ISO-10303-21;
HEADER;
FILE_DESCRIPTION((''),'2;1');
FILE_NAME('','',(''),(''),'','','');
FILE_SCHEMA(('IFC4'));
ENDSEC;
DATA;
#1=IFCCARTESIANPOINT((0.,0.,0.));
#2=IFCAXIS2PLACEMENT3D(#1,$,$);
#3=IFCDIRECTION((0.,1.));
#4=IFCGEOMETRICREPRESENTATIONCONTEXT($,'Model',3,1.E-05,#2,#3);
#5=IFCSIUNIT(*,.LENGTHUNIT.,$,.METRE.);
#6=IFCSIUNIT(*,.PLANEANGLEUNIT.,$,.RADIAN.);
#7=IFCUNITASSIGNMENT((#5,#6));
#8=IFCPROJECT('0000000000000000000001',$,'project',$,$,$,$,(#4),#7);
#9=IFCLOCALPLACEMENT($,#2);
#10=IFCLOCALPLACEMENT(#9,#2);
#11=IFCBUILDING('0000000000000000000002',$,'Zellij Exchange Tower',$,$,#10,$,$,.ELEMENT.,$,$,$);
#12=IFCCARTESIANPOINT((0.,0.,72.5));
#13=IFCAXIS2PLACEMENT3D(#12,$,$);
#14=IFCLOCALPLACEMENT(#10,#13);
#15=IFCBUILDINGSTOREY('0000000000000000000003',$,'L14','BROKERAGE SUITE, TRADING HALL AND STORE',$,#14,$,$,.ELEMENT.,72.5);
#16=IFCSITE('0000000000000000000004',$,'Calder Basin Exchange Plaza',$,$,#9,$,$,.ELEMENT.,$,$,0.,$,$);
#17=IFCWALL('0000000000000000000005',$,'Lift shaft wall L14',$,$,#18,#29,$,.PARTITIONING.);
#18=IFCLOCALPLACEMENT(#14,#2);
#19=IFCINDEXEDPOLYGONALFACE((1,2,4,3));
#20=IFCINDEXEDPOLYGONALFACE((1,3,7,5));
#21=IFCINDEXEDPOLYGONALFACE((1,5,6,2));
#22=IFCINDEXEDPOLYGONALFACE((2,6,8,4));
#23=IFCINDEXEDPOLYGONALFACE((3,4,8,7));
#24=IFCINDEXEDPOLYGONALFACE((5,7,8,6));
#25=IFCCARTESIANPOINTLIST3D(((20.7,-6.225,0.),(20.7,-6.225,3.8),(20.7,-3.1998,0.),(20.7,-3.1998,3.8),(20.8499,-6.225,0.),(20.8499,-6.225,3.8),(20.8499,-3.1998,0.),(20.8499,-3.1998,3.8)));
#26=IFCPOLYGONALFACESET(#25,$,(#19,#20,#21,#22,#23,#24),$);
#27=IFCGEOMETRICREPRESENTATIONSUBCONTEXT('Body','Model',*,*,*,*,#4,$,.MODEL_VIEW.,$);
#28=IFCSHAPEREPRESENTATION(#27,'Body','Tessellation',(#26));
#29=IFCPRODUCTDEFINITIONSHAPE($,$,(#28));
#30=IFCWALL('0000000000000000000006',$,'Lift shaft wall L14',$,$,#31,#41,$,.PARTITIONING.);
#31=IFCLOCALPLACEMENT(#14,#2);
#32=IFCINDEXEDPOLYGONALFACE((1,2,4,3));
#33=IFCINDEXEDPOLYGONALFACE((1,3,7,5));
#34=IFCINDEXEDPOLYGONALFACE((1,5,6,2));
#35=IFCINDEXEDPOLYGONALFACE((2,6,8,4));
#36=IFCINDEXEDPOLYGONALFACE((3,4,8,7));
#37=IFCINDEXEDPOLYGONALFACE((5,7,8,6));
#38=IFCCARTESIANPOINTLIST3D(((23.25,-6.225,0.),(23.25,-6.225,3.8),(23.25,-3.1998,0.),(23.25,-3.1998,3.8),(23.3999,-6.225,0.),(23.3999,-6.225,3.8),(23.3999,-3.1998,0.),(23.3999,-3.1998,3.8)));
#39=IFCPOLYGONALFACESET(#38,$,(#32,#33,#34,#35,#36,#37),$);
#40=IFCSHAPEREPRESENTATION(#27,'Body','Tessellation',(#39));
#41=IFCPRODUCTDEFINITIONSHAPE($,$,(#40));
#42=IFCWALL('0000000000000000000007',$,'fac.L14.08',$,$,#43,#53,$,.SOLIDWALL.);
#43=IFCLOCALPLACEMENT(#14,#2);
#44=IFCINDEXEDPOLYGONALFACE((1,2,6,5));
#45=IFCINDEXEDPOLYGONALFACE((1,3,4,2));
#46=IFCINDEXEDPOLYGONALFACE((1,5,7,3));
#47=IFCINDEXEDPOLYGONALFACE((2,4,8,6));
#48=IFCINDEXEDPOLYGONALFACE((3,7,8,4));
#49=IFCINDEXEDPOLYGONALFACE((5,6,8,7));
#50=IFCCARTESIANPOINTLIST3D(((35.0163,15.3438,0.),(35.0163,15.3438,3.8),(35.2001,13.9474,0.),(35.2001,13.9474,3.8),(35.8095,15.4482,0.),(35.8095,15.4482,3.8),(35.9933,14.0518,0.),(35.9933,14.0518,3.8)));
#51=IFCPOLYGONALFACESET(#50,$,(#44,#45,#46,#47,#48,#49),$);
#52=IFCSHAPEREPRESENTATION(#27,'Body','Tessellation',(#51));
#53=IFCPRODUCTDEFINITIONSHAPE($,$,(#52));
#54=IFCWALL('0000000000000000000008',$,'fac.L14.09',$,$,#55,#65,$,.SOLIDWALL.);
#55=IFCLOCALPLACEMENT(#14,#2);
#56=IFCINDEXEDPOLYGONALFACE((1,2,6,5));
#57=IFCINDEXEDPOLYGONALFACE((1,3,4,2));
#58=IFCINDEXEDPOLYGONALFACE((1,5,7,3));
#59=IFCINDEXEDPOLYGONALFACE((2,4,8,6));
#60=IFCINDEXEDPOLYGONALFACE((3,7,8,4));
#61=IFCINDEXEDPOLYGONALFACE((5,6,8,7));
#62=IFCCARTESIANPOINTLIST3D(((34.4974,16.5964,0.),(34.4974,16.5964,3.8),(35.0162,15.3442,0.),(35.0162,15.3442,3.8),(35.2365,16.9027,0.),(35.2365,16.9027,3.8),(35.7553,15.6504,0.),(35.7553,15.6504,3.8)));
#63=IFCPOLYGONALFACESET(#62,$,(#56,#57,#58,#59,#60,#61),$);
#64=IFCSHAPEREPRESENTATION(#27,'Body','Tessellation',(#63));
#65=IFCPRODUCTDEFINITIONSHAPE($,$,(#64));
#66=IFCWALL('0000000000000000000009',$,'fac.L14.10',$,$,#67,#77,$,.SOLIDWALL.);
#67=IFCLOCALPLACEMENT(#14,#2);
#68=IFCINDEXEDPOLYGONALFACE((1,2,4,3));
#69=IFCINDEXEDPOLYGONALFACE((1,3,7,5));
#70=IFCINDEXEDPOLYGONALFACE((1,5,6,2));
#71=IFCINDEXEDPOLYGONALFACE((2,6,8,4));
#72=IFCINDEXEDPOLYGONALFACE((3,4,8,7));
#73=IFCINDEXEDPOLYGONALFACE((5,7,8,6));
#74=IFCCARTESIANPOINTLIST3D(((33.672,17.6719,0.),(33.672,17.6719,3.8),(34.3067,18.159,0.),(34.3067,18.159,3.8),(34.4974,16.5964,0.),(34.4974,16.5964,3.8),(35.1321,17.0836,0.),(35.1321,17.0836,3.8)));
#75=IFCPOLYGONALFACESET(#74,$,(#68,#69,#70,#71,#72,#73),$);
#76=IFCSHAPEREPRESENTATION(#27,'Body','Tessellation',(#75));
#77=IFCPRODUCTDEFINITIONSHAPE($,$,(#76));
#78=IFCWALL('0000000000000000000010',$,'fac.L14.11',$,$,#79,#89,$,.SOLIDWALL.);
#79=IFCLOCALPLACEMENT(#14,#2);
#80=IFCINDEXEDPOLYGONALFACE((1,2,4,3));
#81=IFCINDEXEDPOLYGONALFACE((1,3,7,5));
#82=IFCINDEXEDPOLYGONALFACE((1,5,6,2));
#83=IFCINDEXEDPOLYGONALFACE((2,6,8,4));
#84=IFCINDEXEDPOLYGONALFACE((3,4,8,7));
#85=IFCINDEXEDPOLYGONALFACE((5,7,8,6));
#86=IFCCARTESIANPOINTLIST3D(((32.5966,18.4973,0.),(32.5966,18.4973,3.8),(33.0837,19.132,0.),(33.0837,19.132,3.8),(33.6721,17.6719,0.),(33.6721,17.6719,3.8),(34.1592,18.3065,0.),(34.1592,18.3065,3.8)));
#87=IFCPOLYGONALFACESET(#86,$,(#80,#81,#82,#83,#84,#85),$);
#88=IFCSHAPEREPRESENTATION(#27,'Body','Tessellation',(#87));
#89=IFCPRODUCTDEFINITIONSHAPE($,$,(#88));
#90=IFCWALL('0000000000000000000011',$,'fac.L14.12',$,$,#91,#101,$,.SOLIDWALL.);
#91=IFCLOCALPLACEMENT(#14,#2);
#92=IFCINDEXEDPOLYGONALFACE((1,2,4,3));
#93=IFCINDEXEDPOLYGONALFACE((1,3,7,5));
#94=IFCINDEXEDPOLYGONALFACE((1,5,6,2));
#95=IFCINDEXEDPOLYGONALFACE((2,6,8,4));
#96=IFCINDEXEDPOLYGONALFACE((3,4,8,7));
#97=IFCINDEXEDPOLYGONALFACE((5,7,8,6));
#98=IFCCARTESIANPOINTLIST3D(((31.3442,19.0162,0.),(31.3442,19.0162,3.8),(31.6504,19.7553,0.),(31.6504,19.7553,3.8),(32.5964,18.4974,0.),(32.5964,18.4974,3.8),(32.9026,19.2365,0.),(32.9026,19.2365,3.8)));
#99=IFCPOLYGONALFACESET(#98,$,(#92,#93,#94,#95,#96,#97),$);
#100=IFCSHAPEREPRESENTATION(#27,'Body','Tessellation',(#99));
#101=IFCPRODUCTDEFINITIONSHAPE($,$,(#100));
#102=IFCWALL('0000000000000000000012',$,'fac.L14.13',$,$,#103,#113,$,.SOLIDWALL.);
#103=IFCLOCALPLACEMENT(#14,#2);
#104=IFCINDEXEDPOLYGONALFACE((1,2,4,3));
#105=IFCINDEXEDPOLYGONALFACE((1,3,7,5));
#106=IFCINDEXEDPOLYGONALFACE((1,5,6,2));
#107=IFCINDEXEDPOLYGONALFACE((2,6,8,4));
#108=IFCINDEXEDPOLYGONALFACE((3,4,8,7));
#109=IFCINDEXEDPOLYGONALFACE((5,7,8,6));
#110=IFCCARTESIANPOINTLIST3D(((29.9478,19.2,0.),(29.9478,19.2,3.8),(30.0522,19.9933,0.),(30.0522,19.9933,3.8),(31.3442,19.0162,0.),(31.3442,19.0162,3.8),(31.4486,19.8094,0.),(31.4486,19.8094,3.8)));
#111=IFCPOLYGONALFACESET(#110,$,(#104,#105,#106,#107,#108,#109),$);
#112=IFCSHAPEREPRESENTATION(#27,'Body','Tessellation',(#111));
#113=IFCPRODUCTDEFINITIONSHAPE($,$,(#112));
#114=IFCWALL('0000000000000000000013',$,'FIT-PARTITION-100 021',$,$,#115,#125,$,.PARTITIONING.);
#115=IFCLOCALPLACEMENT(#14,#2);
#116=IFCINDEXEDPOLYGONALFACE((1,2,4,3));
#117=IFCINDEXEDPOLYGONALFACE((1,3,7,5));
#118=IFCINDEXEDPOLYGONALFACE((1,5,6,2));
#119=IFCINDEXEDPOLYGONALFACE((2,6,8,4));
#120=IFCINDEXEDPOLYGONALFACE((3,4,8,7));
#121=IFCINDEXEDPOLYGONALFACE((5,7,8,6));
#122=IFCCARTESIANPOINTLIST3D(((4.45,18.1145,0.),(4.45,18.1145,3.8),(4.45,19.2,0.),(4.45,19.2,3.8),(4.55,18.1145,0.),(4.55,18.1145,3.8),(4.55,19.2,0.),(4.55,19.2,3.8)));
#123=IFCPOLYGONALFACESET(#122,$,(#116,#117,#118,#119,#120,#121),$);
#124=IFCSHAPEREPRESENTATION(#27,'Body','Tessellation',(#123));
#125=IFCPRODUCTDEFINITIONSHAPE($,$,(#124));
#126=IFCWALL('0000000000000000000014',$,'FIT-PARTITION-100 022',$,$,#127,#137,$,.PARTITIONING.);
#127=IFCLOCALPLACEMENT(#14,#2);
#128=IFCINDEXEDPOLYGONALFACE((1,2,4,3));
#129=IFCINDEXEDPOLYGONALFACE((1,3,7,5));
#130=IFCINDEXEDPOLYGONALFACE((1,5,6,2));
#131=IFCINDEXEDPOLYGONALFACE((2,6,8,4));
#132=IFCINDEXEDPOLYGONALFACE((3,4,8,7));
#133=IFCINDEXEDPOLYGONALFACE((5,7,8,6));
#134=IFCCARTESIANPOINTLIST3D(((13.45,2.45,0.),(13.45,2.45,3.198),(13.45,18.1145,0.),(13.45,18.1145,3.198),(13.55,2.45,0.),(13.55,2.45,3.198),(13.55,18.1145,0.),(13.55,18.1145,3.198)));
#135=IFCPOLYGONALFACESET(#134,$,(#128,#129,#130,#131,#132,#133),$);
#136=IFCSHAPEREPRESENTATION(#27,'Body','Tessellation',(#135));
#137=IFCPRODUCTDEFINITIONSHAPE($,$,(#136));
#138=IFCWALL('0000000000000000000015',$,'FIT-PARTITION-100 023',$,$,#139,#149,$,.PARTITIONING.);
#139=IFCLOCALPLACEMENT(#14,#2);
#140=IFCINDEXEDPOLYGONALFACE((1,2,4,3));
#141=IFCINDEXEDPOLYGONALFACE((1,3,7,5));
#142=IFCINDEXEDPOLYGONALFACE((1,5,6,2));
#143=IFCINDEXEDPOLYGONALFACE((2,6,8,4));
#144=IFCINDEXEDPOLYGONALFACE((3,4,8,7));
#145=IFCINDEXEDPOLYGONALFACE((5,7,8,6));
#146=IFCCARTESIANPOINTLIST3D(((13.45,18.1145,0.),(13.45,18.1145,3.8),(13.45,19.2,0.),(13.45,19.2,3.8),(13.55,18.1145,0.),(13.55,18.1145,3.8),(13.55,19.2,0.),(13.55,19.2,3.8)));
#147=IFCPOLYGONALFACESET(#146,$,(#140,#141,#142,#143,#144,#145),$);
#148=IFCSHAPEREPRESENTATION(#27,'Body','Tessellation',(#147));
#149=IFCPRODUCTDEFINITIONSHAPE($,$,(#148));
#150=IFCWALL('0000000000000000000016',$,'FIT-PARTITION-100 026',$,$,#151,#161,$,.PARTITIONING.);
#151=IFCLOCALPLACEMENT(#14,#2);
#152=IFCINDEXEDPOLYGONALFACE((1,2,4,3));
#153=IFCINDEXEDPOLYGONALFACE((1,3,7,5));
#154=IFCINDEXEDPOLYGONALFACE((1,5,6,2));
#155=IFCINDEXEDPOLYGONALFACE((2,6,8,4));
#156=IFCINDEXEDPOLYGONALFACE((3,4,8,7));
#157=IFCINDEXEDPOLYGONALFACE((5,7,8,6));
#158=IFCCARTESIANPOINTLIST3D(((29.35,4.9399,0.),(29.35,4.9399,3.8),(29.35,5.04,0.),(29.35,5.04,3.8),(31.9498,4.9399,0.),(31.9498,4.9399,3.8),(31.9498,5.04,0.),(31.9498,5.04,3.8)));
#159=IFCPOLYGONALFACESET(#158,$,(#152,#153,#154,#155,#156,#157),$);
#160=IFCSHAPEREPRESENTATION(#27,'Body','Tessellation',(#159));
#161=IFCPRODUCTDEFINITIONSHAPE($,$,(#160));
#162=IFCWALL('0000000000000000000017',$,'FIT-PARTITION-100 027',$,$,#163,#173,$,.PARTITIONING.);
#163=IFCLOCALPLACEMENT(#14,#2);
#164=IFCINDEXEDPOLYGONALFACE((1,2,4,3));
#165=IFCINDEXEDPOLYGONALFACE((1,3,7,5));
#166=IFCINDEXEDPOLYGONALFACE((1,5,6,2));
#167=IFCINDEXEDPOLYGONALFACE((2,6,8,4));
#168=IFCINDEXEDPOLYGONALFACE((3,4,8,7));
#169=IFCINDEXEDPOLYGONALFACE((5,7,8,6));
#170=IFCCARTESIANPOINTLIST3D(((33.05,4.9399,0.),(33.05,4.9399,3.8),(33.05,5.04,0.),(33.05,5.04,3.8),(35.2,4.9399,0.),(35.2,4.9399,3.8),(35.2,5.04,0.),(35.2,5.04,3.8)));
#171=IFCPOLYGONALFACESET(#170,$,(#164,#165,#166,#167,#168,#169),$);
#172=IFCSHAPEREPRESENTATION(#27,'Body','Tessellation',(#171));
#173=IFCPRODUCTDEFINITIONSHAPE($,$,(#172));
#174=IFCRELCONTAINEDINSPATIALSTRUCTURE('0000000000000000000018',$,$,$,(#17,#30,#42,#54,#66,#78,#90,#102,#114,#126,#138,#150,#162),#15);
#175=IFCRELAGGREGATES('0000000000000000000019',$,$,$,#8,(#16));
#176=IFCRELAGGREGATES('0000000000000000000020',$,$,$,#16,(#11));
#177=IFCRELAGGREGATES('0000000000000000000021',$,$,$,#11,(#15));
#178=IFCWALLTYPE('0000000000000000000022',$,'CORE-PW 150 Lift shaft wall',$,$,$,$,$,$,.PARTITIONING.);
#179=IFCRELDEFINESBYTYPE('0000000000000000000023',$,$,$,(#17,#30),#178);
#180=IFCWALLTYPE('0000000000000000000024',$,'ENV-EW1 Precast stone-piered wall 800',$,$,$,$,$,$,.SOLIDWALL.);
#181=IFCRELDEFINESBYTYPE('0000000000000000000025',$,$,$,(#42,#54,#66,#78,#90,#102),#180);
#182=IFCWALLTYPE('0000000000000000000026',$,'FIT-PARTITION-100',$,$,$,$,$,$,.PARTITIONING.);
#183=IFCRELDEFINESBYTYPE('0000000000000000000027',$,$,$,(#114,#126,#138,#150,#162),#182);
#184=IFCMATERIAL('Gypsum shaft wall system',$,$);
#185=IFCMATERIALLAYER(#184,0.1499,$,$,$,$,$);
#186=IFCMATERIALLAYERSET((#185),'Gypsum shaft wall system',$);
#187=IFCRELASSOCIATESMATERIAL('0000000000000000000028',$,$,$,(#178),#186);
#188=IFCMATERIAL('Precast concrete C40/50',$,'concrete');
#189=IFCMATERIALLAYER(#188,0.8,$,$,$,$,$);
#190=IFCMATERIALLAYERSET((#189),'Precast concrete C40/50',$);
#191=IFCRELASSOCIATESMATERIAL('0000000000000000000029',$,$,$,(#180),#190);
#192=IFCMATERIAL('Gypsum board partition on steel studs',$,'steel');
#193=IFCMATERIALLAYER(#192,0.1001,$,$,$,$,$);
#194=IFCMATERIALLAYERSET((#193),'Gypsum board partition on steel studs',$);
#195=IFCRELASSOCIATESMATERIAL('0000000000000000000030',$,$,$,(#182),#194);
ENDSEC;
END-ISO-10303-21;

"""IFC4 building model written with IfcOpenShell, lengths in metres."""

from ifc_helpers import new_model, si_unit, direction, frame, frame_2d, origin, place, context, subcontext, project, spatial, rectangle, extrude, material, layer, layer_set, type_object, element, save


model = new_model("IFC4")

# Units and contexts
model_context = context("Model", 3, precision=1e-05, world=origin(), true_north=direction((0.0, 1.0)))
body_context = subcontext(model_context, "Body", "Model", "MODEL_VIEW")
ifc_project = project(units=[si_unit("LENGTHUNIT", "METRE"), si_unit("PLANEANGLEUNIT", "RADIAN")], contexts=[model_context])

# Site, building, storey
site_placement = place(None, origin())
site = spatial("IfcSite", under=ifc_project, at=site_placement, Name="Calder Basin Exchange Plaza", CompositionType="ELEMENT", RefElevation=0.0)
building_placement = place(site_placement, origin())
building = spatial("IfcBuilding", under=site, at=building_placement, Name="Zellij Exchange Tower", CompositionType="ELEMENT")
storey_placement = place(building_placement, frame((0.0, 0.0, 72.5)))
storey = spatial("IfcBuildingStorey", under=building, at=storey_placement, Name="L14", Description="BROKERAGE SUITE, TRADING HALL AND STORE", CompositionType="ELEMENT", Elevation=72.5)

# Walls
ifc_material_1 = material(Name="Gypsum shaft wall system")
ifc_layer_1 = layer(ifc_material_1, 0.1499)
ifc_layer_set_1 = layer_set([ifc_layer_1], Name="Gypsum shaft wall system")
wall_type_1 = type_object("IfcWallType", Name="CORE-PW 150 Lift shaft wall", PredefinedType="PARTITIONING", material=ifc_layer_set_1)
for number, where, z_axis, x_axis, name in (
    (1, (20.7749, -6.2251, 0.0), (0.0, 0.0, 1.0), (0.0, 1.0, 0.0), "Lift shaft wall L14"),
    (2, (23.325, -6.2251, 0.0), (0.0, 0.0, 1.0), (0.0, 1.0, 0.0), "Lift shaft wall L14"),
):
    element("IfcWall", number, at=place(storey_placement, frame(where, z_axis=z_axis, x_axis=x_axis)), inside=storey, type_object=wall_type_1, Name=name, PredefinedType="PARTITIONING", context=body_context, shape_type="SweptSolid", body=[
        extrude(rectangle(XDim=3.0251, YDim=0.1499, at=frame_2d((1.5127, 0.0))), origin(), (0.0, 0.0, 1.0), 3.8),
    ])
ifc_material_2 = material(Name="Precast concrete C40/50", Category="concrete")
ifc_layer_2 = layer(ifc_material_2, 0.8)
ifc_layer_set_2 = layer_set([ifc_layer_2], Name="Precast concrete C40/50")
wall_type_2 = type_object("IfcWallType", Name="ENV-EW1 Precast stone-piered wall 800", PredefinedType="SOLIDWALL", material=ifc_layer_set_2)
wall_1_placement = place(storey_placement, frame((35.5967, 13.9998, 0.0), z_axis=(0.0, 0.0, 1.0), x_axis=(-0.130517, 0.991446, 0.0)))
element("IfcWall", 3, at=wall_1_placement, inside=storey, type_object=wall_type_2, Name="fac.L14.08", PredefinedType="SOLIDWALL", context=body_context, shape_type="SweptSolid", body=[
    extrude(rectangle(XDim=1.4084, YDim=0.8, at=frame_2d((0.7041, 0.0))), origin(), (0.0, 0.0, 1.0), 3.8),
])
wall_2_placement = place(storey_placement, frame((35.3857, 15.4973, 0.0), z_axis=(0.0, 0.0, 1.0), x_axis=(-0.38276, 0.923848, 0.0)))
element("IfcWall", 4, at=wall_2_placement, inside=storey, type_object=wall_type_2, Name="fac.L14.09", PredefinedType="SOLIDWALL", context=body_context, shape_type="SweptSolid", body=[
    extrude(rectangle(XDim=1.3555, YDim=0.8, at=frame_2d((0.6777, 0.0))), origin(), (0.0, 0.0, 1.0), 3.8),
])
for number, where, z_axis, x_axis, name in (
    (5, (34.8147, 16.8401, 0.0), (0.0, 0.0, 1.0), (-0.608866, 0.793273, 0.0), "fac.L14.10"),
    (6, (33.9155, 17.9893, 0.0), (0.0, 0.0, 1.0), (-0.793273, 0.608866, 0.0), "fac.L14.11"),
):
    element("IfcWall", number, at=place(storey_placement, frame(where, z_axis=z_axis, x_axis=x_axis)), inside=storey, type_object=wall_type_2, Name=name, PredefinedType="SOLIDWALL", context=body_context, shape_type="SweptSolid", body=[
        extrude(rectangle(XDim=1.3557, YDim=0.8, at=frame_2d((0.6777, 0.0))), origin(), (0.0, 0.0, 1.0), 3.8),
    ])
wall_3_placement = place(storey_placement, frame((32.7495, 18.8669, 0.0), z_axis=(0.0, 0.0, 1.0), x_axis=(-0.923848, 0.38276, 0.0)))
element("IfcWall", 7, at=wall_3_placement, inside=storey, type_object=wall_type_2, Name="fac.L14.12", PredefinedType="SOLIDWALL", context=body_context, shape_type="SweptSolid", body=[
    extrude(rectangle(XDim=1.3555, YDim=0.8, at=frame_2d((0.6777, 0.0))), origin(), (0.0, 0.0, 1.0), 3.8),
])
wall_4_placement = place(storey_placement, frame((31.3962, 19.4128, 0.0), z_axis=(0.0, 0.0, 1.0), x_axis=(-0.991446, 0.130517, 0.0)))
element("IfcWall", 8, at=wall_4_placement, inside=storey, type_object=wall_type_2, Name="fac.L14.13", PredefinedType="SOLIDWALL", context=body_context, shape_type="SweptSolid", body=[
    extrude(rectangle(XDim=1.4084, YDim=0.8, at=frame_2d((0.7041, 0.0))), origin(), (0.0, 0.0, 1.0), 3.8),
])
ifc_material_3 = material(Name="Gypsum board partition on steel studs", Category="steel")
ifc_layer_3 = layer(ifc_material_3, 0.1001)
ifc_layer_set_3 = layer_set([ifc_layer_3], Name="Gypsum board partition on steel studs")
wall_type_3 = type_object("IfcWallType", Name="FIT-PARTITION-100", PredefinedType="PARTITIONING", material=ifc_layer_set_3)
wall_5_placement = place(storey_placement, frame((4.5, 18.1145, 0.0), z_axis=(0.0, 0.0, 1.0), x_axis=(0.0, 1.0, 0.0)))
element("IfcWall", 9, at=wall_5_placement, inside=storey, type_object=wall_type_3, Name="FIT-PARTITION-100 021", PredefinedType="PARTITIONING", context=body_context, shape_type="SweptSolid", body=[
    extrude(rectangle(XDim=1.0854, YDim=0.1001, at=frame_2d((0.5427, 0.0))), origin(), (0.0, 0.0, 1.0), 3.8),
])
wall_6_placement = place(storey_placement, frame((13.5, 2.45, 0.0), z_axis=(0.0, 0.0, 1.0), x_axis=(0.0, 1.0, 0.0)))
element("IfcWall", 10, at=wall_6_placement, inside=storey, type_object=wall_type_3, Name="FIT-PARTITION-100 022", PredefinedType="PARTITIONING", context=body_context, shape_type="SweptSolid", body=[
    extrude(rectangle(XDim=15.6646, YDim=0.1001, at=frame_2d((7.8323, 0.0))), origin(), (0.0, 0.0, 1.0), 3.198),
])
wall_7_placement = place(storey_placement, frame((13.5, 18.1145, 0.0), z_axis=(0.0, 0.0, 1.0), x_axis=(0.0, 1.0, 0.0)))
element("IfcWall", 11, at=wall_7_placement, inside=storey, type_object=wall_type_3, Name="FIT-PARTITION-100 023", PredefinedType="PARTITIONING", context=body_context, shape_type="SweptSolid", body=[
    extrude(rectangle(XDim=1.0854, YDim=0.1001, at=frame_2d((0.5427, 0.0))), origin(), (0.0, 0.0, 1.0), 3.8),
])
wall_8_placement = place(storey_placement, frame((29.3501, 4.99, 0.0), z_axis=(0.0, 0.0, 1.0), x_axis=(1.0, 0.0, 0.0)))
element("IfcWall", 12, at=wall_8_placement, inside=storey, type_object=wall_type_3, Name="FIT-PARTITION-100 026", PredefinedType="PARTITIONING", context=body_context, shape_type="SweptSolid", body=[
    extrude(rectangle(XDim=2.5999, YDim=0.1001, at=frame_2d((1.2998, 0.0))), origin(), (0.0, 0.0, 1.0), 3.8),
])
wall_9_placement = place(storey_placement, frame((33.05, 4.99, 0.0), z_axis=(0.0, 0.0, 1.0), x_axis=(1.0, 0.0, 0.0)))
element("IfcWall", 13, at=wall_9_placement, inside=storey, type_object=wall_type_3, Name="FIT-PARTITION-100 027", PredefinedType="PARTITIONING", context=body_context, shape_type="SweptSolid", body=[
    extrude(rectangle(XDim=2.1499, YDim=0.1001, at=frame_2d((1.075, 0.0))), origin(), (0.0, 0.0, 1.0), 3.8),
])

save(model, "model.ifc")
